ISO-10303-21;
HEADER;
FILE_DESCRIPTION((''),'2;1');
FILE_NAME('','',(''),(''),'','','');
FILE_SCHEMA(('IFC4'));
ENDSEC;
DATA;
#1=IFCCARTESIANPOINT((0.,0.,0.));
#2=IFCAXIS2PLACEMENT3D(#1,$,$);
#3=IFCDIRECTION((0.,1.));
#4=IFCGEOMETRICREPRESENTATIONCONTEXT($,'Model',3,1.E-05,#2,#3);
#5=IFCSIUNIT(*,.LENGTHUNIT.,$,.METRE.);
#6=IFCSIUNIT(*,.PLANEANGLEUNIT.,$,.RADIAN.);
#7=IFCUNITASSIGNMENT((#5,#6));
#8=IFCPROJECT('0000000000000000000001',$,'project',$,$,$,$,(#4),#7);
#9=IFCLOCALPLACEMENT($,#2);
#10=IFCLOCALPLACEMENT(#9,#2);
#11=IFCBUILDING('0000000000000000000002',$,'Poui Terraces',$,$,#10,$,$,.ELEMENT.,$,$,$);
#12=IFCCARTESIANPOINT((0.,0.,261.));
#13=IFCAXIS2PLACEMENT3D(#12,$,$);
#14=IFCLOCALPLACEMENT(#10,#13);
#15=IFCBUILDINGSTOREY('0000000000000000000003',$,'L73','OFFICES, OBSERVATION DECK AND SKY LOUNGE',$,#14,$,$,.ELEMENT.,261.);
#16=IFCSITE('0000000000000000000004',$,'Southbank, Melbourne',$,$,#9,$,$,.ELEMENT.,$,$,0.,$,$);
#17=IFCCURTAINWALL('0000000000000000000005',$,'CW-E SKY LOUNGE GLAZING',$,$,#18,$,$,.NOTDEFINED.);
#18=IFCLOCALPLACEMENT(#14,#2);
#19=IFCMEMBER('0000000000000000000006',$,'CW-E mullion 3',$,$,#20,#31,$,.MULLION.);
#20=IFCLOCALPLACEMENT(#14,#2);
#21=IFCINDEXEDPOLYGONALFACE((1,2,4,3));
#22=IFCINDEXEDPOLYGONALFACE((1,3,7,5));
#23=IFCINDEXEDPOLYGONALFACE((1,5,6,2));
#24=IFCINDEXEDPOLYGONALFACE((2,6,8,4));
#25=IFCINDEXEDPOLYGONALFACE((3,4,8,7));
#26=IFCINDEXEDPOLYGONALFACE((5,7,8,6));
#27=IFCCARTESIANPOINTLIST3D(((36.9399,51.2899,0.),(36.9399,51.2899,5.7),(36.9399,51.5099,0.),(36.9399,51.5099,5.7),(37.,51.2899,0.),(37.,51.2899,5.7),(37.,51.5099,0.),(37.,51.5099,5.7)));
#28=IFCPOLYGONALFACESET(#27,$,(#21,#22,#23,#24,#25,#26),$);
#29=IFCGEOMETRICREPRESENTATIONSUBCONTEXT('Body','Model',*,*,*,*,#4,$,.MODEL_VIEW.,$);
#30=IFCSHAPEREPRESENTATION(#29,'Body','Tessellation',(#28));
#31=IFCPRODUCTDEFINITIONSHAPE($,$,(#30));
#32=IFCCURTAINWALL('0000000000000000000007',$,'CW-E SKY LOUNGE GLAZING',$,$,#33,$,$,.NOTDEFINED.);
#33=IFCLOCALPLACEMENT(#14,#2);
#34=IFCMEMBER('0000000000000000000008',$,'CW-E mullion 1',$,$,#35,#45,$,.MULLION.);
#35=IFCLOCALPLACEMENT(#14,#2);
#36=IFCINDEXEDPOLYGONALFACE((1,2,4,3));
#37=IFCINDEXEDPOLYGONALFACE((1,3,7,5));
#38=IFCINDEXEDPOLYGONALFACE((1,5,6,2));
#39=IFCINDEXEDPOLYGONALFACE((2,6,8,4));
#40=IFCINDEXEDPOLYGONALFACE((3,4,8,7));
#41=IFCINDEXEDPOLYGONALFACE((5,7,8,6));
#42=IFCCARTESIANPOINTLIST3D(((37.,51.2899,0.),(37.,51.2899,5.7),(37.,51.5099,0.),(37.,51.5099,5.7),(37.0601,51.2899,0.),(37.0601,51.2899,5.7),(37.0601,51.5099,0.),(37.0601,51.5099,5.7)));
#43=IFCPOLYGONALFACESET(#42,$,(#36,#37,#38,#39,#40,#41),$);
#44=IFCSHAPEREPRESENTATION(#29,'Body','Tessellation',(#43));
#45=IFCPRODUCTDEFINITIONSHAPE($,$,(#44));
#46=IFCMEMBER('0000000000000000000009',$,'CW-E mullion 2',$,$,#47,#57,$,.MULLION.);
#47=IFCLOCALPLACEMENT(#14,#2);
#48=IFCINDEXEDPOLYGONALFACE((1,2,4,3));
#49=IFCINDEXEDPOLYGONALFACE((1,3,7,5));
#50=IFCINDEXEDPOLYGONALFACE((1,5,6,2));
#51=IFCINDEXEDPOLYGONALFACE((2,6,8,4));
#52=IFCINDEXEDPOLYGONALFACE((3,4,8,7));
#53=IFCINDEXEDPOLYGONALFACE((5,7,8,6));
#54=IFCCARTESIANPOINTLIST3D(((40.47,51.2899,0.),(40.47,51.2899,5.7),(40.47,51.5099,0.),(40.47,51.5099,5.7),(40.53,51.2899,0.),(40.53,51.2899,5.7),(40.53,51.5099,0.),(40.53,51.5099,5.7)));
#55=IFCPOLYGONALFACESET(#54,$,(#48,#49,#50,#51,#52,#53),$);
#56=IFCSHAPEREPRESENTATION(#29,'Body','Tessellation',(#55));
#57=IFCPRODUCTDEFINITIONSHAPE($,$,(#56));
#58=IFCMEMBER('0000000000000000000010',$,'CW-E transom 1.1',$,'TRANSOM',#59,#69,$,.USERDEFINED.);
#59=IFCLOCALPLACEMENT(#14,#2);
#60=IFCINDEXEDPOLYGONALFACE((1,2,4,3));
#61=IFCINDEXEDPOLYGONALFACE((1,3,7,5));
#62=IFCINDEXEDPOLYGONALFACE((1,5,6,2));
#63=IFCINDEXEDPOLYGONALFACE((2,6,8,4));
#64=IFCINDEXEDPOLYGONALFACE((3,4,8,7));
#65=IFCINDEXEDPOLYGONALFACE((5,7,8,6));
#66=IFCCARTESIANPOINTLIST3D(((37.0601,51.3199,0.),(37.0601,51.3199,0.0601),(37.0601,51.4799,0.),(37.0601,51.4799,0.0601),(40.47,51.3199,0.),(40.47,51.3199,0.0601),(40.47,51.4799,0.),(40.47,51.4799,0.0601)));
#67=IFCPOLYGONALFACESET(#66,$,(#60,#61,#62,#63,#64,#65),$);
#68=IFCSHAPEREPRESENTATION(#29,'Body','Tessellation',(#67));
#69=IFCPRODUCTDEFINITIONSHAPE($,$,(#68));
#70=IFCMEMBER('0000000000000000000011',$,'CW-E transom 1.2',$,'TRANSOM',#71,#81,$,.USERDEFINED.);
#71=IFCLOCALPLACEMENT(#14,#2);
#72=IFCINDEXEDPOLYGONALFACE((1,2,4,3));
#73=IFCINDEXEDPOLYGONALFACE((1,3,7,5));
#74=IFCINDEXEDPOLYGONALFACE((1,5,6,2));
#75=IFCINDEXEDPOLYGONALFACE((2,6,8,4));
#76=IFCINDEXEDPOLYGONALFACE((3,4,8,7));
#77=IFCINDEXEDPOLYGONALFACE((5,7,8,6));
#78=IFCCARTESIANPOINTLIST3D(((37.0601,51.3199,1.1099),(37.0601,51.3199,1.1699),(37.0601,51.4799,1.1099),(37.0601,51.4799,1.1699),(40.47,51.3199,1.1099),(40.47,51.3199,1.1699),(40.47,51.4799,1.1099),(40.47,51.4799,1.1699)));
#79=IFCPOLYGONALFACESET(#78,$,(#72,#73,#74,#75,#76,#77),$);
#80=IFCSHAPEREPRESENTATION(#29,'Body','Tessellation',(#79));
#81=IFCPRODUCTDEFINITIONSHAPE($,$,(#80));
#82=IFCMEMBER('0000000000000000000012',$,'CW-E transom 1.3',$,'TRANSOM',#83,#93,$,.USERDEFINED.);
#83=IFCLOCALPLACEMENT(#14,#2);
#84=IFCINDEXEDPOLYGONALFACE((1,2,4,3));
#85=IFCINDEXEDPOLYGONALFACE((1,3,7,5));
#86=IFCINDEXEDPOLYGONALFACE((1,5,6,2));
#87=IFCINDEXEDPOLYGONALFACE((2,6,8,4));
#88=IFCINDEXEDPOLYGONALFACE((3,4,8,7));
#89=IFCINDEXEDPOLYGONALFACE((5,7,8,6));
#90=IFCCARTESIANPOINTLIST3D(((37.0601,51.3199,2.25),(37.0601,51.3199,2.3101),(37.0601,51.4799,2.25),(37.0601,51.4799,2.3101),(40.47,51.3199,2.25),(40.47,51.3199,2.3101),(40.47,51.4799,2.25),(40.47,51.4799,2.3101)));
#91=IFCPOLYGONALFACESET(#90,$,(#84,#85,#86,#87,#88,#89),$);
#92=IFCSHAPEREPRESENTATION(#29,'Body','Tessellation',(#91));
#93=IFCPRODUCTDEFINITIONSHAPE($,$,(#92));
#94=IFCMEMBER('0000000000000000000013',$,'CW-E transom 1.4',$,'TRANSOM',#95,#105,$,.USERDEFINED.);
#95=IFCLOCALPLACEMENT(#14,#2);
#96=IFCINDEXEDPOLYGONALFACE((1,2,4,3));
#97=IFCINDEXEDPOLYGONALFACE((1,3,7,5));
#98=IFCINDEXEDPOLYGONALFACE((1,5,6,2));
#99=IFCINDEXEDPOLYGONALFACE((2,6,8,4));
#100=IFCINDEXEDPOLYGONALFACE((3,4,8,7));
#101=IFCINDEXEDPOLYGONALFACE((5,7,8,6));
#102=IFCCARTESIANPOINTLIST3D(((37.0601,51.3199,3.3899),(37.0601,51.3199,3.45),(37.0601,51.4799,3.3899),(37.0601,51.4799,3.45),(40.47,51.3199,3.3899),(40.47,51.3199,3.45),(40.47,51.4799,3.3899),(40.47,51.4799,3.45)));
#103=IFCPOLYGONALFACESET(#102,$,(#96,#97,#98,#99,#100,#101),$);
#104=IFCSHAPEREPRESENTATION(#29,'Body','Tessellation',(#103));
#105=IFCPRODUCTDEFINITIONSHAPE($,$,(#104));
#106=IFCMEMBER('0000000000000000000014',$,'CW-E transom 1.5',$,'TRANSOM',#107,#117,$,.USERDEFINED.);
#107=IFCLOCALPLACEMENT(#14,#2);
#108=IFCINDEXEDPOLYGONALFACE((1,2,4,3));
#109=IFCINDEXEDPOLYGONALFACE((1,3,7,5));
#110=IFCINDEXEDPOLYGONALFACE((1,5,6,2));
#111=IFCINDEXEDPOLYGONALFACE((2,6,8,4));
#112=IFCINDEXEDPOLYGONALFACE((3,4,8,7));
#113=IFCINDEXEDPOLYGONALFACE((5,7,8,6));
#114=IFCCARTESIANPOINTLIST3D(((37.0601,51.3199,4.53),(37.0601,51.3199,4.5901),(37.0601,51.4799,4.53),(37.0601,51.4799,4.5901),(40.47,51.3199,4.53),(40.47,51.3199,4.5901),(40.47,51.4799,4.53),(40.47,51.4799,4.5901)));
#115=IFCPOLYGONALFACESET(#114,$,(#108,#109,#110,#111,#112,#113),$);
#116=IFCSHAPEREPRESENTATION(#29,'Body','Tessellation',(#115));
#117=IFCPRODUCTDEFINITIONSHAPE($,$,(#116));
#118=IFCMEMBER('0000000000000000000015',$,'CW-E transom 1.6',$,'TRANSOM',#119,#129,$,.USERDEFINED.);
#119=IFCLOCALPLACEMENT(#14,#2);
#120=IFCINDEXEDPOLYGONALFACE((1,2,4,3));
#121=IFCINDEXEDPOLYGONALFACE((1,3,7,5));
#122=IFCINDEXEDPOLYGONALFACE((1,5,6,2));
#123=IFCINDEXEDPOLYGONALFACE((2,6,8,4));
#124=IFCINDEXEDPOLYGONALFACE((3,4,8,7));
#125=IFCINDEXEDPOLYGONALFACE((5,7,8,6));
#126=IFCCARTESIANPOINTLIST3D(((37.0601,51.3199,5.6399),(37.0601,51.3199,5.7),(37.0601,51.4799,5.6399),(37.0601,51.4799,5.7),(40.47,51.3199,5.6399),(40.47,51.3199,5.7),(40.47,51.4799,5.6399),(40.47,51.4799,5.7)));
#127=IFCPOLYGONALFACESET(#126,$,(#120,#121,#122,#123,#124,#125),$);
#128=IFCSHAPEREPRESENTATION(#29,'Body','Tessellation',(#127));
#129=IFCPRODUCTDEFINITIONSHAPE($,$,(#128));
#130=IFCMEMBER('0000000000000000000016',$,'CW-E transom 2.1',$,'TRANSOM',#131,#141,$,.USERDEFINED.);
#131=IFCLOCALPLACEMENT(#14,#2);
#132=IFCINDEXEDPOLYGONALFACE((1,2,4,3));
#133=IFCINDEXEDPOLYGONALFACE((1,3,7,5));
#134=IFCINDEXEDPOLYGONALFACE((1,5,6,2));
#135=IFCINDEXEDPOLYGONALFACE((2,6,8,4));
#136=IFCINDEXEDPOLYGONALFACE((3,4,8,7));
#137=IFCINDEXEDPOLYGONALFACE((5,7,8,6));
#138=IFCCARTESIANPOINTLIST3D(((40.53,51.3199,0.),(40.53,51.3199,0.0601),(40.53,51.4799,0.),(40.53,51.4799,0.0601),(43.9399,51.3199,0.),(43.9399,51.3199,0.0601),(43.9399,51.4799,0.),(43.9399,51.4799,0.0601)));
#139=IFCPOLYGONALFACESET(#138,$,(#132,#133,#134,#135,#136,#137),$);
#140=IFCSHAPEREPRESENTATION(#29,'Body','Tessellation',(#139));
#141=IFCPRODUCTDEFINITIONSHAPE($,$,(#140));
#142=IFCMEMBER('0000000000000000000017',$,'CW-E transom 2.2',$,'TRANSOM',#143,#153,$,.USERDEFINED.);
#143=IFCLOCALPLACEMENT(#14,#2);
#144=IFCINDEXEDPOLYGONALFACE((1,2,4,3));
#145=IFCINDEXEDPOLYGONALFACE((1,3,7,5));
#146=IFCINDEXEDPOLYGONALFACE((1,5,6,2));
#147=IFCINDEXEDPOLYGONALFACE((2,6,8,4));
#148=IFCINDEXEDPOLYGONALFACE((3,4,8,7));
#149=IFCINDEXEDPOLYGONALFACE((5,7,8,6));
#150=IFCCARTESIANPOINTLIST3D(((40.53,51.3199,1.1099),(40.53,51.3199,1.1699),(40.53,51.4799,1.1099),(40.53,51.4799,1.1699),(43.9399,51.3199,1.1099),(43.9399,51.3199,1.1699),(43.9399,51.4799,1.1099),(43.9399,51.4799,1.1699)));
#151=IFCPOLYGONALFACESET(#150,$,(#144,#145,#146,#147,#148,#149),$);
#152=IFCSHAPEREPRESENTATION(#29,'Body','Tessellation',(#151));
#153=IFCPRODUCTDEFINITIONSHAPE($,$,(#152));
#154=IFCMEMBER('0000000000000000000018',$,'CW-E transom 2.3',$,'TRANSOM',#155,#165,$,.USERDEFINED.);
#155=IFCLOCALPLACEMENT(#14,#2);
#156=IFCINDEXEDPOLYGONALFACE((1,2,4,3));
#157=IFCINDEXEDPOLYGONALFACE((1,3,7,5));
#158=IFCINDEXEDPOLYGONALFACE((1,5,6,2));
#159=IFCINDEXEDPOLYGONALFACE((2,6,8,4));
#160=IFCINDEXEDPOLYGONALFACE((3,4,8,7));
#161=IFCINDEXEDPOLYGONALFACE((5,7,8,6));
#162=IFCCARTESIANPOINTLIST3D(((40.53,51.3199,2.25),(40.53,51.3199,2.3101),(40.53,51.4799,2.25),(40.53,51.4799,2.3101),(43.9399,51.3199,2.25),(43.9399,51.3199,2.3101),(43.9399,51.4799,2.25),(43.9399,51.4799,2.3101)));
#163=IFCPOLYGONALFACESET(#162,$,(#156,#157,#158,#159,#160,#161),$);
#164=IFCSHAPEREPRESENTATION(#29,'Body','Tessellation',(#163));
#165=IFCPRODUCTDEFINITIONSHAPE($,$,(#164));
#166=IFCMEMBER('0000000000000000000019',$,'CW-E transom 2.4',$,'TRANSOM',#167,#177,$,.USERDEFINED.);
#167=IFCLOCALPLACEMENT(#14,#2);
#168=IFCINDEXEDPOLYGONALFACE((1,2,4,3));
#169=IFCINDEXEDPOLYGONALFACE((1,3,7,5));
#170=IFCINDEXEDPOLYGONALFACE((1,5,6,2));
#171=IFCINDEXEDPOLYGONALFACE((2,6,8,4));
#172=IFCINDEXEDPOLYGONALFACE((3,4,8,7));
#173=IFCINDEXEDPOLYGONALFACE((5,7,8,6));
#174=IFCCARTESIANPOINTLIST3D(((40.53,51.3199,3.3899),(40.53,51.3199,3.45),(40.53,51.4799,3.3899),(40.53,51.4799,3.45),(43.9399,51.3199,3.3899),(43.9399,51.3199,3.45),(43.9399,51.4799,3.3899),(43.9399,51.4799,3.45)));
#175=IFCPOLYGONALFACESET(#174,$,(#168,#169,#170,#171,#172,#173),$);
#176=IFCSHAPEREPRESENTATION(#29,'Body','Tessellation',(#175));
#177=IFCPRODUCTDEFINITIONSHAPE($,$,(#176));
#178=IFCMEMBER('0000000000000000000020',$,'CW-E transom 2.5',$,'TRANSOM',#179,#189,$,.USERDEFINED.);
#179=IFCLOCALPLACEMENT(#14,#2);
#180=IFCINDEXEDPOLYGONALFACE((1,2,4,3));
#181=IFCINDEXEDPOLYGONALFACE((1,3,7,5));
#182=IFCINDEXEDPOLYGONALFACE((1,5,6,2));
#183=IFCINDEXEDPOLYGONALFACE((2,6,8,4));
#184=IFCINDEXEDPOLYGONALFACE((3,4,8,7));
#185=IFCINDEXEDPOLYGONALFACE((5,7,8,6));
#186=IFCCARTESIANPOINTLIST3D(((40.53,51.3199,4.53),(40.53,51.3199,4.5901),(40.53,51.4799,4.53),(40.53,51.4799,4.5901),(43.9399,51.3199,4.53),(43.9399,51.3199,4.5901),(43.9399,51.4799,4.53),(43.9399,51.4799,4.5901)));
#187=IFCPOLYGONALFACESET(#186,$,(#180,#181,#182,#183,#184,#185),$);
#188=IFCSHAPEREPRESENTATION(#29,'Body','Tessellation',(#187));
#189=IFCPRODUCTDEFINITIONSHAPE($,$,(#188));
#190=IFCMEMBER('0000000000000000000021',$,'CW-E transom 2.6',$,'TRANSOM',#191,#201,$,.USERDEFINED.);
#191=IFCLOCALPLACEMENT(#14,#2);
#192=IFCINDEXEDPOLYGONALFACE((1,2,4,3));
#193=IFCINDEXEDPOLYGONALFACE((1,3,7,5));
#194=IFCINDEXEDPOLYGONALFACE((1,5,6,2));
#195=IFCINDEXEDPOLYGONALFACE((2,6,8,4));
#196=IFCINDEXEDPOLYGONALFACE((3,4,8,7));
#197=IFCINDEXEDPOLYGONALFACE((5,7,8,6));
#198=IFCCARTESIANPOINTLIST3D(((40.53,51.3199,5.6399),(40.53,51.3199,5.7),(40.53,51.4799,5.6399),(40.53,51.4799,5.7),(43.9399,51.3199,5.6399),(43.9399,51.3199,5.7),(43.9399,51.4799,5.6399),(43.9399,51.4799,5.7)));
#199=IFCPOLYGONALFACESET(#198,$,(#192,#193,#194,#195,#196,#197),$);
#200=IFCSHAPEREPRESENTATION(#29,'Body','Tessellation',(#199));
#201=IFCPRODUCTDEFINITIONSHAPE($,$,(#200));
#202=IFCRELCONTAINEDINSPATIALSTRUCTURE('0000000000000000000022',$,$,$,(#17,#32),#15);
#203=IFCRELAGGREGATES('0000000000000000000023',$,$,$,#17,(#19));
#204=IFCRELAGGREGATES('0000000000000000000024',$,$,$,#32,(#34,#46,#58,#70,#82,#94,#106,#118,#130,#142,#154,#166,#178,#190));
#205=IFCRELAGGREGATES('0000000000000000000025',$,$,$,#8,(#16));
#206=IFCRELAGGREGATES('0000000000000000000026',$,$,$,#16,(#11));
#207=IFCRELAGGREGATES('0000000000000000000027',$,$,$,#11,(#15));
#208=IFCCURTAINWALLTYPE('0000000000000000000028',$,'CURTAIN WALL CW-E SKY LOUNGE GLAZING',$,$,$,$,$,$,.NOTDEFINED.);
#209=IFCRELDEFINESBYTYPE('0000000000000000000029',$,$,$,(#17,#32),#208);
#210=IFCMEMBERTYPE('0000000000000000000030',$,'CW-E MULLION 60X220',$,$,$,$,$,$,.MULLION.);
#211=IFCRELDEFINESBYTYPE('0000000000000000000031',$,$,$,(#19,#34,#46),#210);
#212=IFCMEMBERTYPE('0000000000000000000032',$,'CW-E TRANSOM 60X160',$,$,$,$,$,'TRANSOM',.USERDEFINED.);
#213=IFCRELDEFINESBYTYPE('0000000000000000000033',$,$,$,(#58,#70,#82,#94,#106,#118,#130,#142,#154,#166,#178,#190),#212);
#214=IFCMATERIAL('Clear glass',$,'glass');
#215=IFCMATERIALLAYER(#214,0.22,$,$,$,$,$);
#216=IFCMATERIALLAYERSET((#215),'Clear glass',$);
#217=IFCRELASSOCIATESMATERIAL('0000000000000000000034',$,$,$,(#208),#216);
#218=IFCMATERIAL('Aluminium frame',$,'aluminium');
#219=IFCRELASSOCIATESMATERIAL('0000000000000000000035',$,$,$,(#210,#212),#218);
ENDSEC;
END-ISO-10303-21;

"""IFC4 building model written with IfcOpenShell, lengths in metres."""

from ifc_helpers import new_model, si_unit, direction, frame, origin, origin_2d, place, context, subcontext, project, spatial, rectangle, extrude, material, layer, layer_set, material_profile, profile_set, type_object, element, aggregate, save


model = new_model("IFC4")

# Units and contexts
model_context = context("Model", 3, precision=1e-05, world=origin(), true_north=direction((0.0, 1.0)))
body_context = subcontext(model_context, "Body", "Model", "MODEL_VIEW")
ifc_project = project(units=[si_unit("LENGTHUNIT", "METRE"), si_unit("PLANEANGLEUNIT", "RADIAN")], contexts=[model_context])

# Site, building, storey
site_placement = place(None, origin())
site = spatial("IfcSite", under=ifc_project, at=site_placement, Name="Southbank, Melbourne", CompositionType="ELEMENT", RefElevation=0.0)
building_placement = place(site_placement, origin())
building = spatial("IfcBuilding", under=site, at=building_placement, Name="Poui Terraces", CompositionType="ELEMENT")
storey_placement = place(building_placement, frame((0.0, 0.0, 261.0)))
storey = spatial("IfcBuildingStorey", under=building, at=storey_placement, Name="L73", Description="OFFICES, OBSERVATION DECK AND SKY LOUNGE", CompositionType="ELEMENT", Elevation=261.0)

# Curtain wall, member
ifc_material_1 = material(Name="Clear glass", Category="glass")
ifc_layer_1 = layer(ifc_material_1, 0.22)
ifc_layer_set_1 = layer_set([ifc_layer_1], Name="Clear glass")
curtain_wall_type = type_object("IfcCurtainWallType", Name="CURTAIN WALL CW-E SKY LOUNGE GLAZING", PredefinedType="NOTDEFINED", material=ifc_layer_set_1)
curtain_wall_1_placement = place(storey_placement, origin())
curtain_wall_1 = element("IfcCurtainWall", 1, at=curtain_wall_1_placement, inside=storey, type_object=curtain_wall_type, Name="CW-E SKY LOUNGE GLAZING", PredefinedType="NOTDEFINED")
ifc_material_2 = material(Name="Aluminium frame", Category="aluminium")
ifc_material_profile_1 = material_profile(ifc_material_2, rectangle(XDim=0.22, YDim=0.0601, at=origin_2d()), Name="CW-E MULLION 60X220")
ifc_profile_set_1 = profile_set([ifc_material_profile_1], Name="Aluminium frame")
member_type_1 = type_object("IfcMemberType", Name="CW-E MULLION 60X220", PredefinedType="MULLION", material=ifc_profile_set_1)
member_1_placement = place(storey_placement, frame((36.97, 51.3999, 0.0), z_axis=(0.0, 0.0, 1.0), x_axis=(0.0, 1.0, 0.0)))
member_1 = element("IfcMember", 2, at=member_1_placement, type_object=member_type_1, Name="CW-E mullion 3", PredefinedType="MULLION", context=body_context, shape_type="SweptSolid", body=[
    extrude(rectangle(XDim=0.22, YDim=0.0601, at=origin_2d()), origin(), (0.0, 0.0, 1.0), 5.7),
])
aggregate(curtain_wall_1, [member_1])

# Curtain wall, members
curtain_wall_2_placement = place(storey_placement, origin())
curtain_wall_2 = element("IfcCurtainWall", 3, at=curtain_wall_2_placement, inside=storey, type_object=curtain_wall_type, Name="CW-E SKY LOUNGE GLAZING", PredefinedType="NOTDEFINED")
member_2_placement = place(storey_placement, frame((37.03, 51.3999, 0.0), z_axis=(0.0, 0.0, 1.0), x_axis=(0.0, 1.0, 0.0)))
member_2 = element("IfcMember", 4, at=member_2_placement, type_object=member_type_1, Name="CW-E mullion 1", PredefinedType="MULLION", context=body_context, shape_type="SweptSolid", body=[
    extrude(rectangle(XDim=0.22, YDim=0.0601, at=origin_2d()), origin(), (0.0, 0.0, 1.0), 5.7),
])
member_3_placement = place(storey_placement, frame((40.5, 51.3999, 0.0), z_axis=(0.0, 0.0, 1.0), x_axis=(0.0, 1.0, 0.0)))
member_3 = element("IfcMember", 5, at=member_3_placement, type_object=member_type_1, Name="CW-E mullion 2", PredefinedType="MULLION", context=body_context, shape_type="SweptSolid", body=[
    extrude(rectangle(XDim=0.22, YDim=0.0601, at=origin_2d()), origin(), (0.0, 0.0, 1.0), 5.7),
])
ifc_material_profile_2 = material_profile(ifc_material_2, rectangle(XDim=0.1599, YDim=0.0601, at=origin_2d()), Name="CW-E TRANSOM 60X160")
ifc_profile_set_2 = profile_set([ifc_material_profile_2], Name="Aluminium frame")
member_type_2 = type_object("IfcMemberType", Name="CW-E TRANSOM 60X160", ElementType="TRANSOM", PredefinedType="USERDEFINED", material=ifc_profile_set_2)
member_4_placement = place(storey_placement, frame((37.0601, 51.3999, 0.03), z_axis=(1.0, 0.0, 0.0), x_axis=(0.0, 1.0, 0.0)))
member_4 = element("IfcMember", 6, at=member_4_placement, type_object=member_type_2, Name="CW-E transom 1.1", ObjectType="TRANSOM", PredefinedType="USERDEFINED", context=body_context, shape_type="SweptSolid", body=[
    extrude(rectangle(XDim=0.1599, YDim=0.0601, at=origin_2d()), origin(), (0.0, 0.0, 1.0), 3.4099),
])
member_5_placement = place(storey_placement, frame((37.0601, 51.3999, 1.1399), z_axis=(1.0, 0.0, 0.0), x_axis=(0.0, 1.0, 0.0)))
member_5 = element("IfcMember", 7, at=member_5_placement, type_object=member_type_2, Name="CW-E transom 1.2", ObjectType="TRANSOM", PredefinedType="USERDEFINED", context=body_context, shape_type="SweptSolid", body=[
    extrude(rectangle(XDim=0.1599, YDim=0.0601, at=origin_2d()), origin(), (0.0, 0.0, 1.0), 3.4099),
])
member_6_placement = place(storey_placement, frame((37.0601, 51.3999, 2.28), z_axis=(1.0, 0.0, 0.0), x_axis=(0.0, 1.0, 0.0)))
member_6 = element("IfcMember", 8, at=member_6_placement, type_object=member_type_2, Name="CW-E transom 1.3", ObjectType="TRANSOM", PredefinedType="USERDEFINED", context=body_context, shape_type="SweptSolid", body=[
    extrude(rectangle(XDim=0.1599, YDim=0.0601, at=origin_2d()), origin(), (0.0, 0.0, 1.0), 3.4099),
])
member_7_placement = place(storey_placement, frame((37.0601, 51.3999, 3.4199), z_axis=(1.0, 0.0, 0.0), x_axis=(0.0, 1.0, 0.0)))
member_7 = element("IfcMember", 9, at=member_7_placement, type_object=member_type_2, Name="CW-E transom 1.4", ObjectType="TRANSOM", PredefinedType="USERDEFINED", context=body_context, shape_type="SweptSolid", body=[
    extrude(rectangle(XDim=0.1599, YDim=0.0601, at=origin_2d()), origin(), (0.0, 0.0, 1.0), 3.4099),
])
member_8_placement = place(storey_placement, frame((37.0601, 51.3999, 4.5601), z_axis=(1.0, 0.0, 0.0), x_axis=(0.0, 1.0, 0.0)))
member_8 = element("IfcMember", 10, at=member_8_placement, type_object=member_type_2, Name="CW-E transom 1.5", ObjectType="TRANSOM", PredefinedType="USERDEFINED", context=body_context, shape_type="SweptSolid", body=[
    extrude(rectangle(XDim=0.1599, YDim=0.0601, at=origin_2d()), origin(), (0.0, 0.0, 1.0), 3.4099),
])
member_9_placement = place(storey_placement, frame((37.0601, 51.3999, 5.6699), z_axis=(1.0, 0.0, 0.0), x_axis=(0.0, 1.0, 0.0)))
member_9 = element("IfcMember", 11, at=member_9_placement, type_object=member_type_2, Name="CW-E transom 1.6", ObjectType="TRANSOM", PredefinedType="USERDEFINED", context=body_context, shape_type="SweptSolid", body=[
    extrude(rectangle(XDim=0.1599, YDim=0.0601, at=origin_2d()), origin(), (0.0, 0.0, 1.0), 3.4099),
])
member_10_placement = place(storey_placement, frame((40.53, 51.3999, 0.03), z_axis=(1.0, 0.0, 0.0), x_axis=(0.0, 1.0, 0.0)))
member_10 = element("IfcMember", 12, at=member_10_placement, type_object=member_type_2, Name="CW-E transom 2.1", ObjectType="TRANSOM", PredefinedType="USERDEFINED", context=body_context, shape_type="SweptSolid", body=[
    extrude(rectangle(XDim=0.1599, YDim=0.0601, at=origin_2d()), origin(), (0.0, 0.0, 1.0), 3.4099),
])
member_11_placement = place(storey_placement, frame((40.53, 51.3999, 1.1399), z_axis=(1.0, 0.0, 0.0), x_axis=(0.0, 1.0, 0.0)))
member_11 = element("IfcMember", 13, at=member_11_placement, type_object=member_type_2, Name="CW-E transom 2.2", ObjectType="TRANSOM", PredefinedType="USERDEFINED", context=body_context, shape_type="SweptSolid", body=[
    extrude(rectangle(XDim=0.1599, YDim=0.0601, at=origin_2d()), origin(), (0.0, 0.0, 1.0), 3.4099),
])
member_12_placement = place(storey_placement, frame((40.53, 51.3999, 2.28), z_axis=(1.0, 0.0, 0.0), x_axis=(0.0, 1.0, 0.0)))
member_12 = element("IfcMember", 14, at=member_12_placement, type_object=member_type_2, Name="CW-E transom 2.3", ObjectType="TRANSOM", PredefinedType="USERDEFINED", context=body_context, shape_type="SweptSolid", body=[
    extrude(rectangle(XDim=0.1599, YDim=0.0601, at=origin_2d()), origin(), (0.0, 0.0, 1.0), 3.4099),
])
member_13_placement = place(storey_placement, frame((40.53, 51.3999, 3.4199), z_axis=(1.0, 0.0, 0.0), x_axis=(0.0, 1.0, 0.0)))
member_13 = element("IfcMember", 15, at=member_13_placement, type_object=member_type_2, Name="CW-E transom 2.4", ObjectType="TRANSOM", PredefinedType="USERDEFINED", context=body_context, shape_type="SweptSolid", body=[
    extrude(rectangle(XDim=0.1599, YDim=0.0601, at=origin_2d()), origin(), (0.0, 0.0, 1.0), 3.4099),
])
member_14_placement = place(storey_placement, frame((40.53, 51.3999, 4.5601), z_axis=(1.0, 0.0, 0.0), x_axis=(0.0, 1.0, 0.0)))
member_14 = element("IfcMember", 16, at=member_14_placement, type_object=member_type_2, Name="CW-E transom 2.5", ObjectType="TRANSOM", PredefinedType="USERDEFINED", context=body_context, shape_type="SweptSolid", body=[
    extrude(rectangle(XDim=0.1599, YDim=0.0601, at=origin_2d()), origin(), (0.0, 0.0, 1.0), 3.4099),
])
member_15_placement = place(storey_placement, frame((40.53, 51.3999, 5.6699), z_axis=(1.0, 0.0, 0.0), x_axis=(0.0, 1.0, 0.0)))
member_15 = element("IfcMember", 17, at=member_15_placement, type_object=member_type_2, Name="CW-E transom 2.6", ObjectType="TRANSOM", PredefinedType="USERDEFINED", context=body_context, shape_type="SweptSolid", body=[
    extrude(rectangle(XDim=0.1599, YDim=0.0601, at=origin_2d()), origin(), (0.0, 0.0, 1.0), 3.4099),
])

aggregate(curtain_wall_2, [member_2, member_3, member_4, member_5, member_6, member_7, member_8, member_9, member_10, member_11, member_12, member_13, member_14, member_15])

save(model, "model.ifc")
